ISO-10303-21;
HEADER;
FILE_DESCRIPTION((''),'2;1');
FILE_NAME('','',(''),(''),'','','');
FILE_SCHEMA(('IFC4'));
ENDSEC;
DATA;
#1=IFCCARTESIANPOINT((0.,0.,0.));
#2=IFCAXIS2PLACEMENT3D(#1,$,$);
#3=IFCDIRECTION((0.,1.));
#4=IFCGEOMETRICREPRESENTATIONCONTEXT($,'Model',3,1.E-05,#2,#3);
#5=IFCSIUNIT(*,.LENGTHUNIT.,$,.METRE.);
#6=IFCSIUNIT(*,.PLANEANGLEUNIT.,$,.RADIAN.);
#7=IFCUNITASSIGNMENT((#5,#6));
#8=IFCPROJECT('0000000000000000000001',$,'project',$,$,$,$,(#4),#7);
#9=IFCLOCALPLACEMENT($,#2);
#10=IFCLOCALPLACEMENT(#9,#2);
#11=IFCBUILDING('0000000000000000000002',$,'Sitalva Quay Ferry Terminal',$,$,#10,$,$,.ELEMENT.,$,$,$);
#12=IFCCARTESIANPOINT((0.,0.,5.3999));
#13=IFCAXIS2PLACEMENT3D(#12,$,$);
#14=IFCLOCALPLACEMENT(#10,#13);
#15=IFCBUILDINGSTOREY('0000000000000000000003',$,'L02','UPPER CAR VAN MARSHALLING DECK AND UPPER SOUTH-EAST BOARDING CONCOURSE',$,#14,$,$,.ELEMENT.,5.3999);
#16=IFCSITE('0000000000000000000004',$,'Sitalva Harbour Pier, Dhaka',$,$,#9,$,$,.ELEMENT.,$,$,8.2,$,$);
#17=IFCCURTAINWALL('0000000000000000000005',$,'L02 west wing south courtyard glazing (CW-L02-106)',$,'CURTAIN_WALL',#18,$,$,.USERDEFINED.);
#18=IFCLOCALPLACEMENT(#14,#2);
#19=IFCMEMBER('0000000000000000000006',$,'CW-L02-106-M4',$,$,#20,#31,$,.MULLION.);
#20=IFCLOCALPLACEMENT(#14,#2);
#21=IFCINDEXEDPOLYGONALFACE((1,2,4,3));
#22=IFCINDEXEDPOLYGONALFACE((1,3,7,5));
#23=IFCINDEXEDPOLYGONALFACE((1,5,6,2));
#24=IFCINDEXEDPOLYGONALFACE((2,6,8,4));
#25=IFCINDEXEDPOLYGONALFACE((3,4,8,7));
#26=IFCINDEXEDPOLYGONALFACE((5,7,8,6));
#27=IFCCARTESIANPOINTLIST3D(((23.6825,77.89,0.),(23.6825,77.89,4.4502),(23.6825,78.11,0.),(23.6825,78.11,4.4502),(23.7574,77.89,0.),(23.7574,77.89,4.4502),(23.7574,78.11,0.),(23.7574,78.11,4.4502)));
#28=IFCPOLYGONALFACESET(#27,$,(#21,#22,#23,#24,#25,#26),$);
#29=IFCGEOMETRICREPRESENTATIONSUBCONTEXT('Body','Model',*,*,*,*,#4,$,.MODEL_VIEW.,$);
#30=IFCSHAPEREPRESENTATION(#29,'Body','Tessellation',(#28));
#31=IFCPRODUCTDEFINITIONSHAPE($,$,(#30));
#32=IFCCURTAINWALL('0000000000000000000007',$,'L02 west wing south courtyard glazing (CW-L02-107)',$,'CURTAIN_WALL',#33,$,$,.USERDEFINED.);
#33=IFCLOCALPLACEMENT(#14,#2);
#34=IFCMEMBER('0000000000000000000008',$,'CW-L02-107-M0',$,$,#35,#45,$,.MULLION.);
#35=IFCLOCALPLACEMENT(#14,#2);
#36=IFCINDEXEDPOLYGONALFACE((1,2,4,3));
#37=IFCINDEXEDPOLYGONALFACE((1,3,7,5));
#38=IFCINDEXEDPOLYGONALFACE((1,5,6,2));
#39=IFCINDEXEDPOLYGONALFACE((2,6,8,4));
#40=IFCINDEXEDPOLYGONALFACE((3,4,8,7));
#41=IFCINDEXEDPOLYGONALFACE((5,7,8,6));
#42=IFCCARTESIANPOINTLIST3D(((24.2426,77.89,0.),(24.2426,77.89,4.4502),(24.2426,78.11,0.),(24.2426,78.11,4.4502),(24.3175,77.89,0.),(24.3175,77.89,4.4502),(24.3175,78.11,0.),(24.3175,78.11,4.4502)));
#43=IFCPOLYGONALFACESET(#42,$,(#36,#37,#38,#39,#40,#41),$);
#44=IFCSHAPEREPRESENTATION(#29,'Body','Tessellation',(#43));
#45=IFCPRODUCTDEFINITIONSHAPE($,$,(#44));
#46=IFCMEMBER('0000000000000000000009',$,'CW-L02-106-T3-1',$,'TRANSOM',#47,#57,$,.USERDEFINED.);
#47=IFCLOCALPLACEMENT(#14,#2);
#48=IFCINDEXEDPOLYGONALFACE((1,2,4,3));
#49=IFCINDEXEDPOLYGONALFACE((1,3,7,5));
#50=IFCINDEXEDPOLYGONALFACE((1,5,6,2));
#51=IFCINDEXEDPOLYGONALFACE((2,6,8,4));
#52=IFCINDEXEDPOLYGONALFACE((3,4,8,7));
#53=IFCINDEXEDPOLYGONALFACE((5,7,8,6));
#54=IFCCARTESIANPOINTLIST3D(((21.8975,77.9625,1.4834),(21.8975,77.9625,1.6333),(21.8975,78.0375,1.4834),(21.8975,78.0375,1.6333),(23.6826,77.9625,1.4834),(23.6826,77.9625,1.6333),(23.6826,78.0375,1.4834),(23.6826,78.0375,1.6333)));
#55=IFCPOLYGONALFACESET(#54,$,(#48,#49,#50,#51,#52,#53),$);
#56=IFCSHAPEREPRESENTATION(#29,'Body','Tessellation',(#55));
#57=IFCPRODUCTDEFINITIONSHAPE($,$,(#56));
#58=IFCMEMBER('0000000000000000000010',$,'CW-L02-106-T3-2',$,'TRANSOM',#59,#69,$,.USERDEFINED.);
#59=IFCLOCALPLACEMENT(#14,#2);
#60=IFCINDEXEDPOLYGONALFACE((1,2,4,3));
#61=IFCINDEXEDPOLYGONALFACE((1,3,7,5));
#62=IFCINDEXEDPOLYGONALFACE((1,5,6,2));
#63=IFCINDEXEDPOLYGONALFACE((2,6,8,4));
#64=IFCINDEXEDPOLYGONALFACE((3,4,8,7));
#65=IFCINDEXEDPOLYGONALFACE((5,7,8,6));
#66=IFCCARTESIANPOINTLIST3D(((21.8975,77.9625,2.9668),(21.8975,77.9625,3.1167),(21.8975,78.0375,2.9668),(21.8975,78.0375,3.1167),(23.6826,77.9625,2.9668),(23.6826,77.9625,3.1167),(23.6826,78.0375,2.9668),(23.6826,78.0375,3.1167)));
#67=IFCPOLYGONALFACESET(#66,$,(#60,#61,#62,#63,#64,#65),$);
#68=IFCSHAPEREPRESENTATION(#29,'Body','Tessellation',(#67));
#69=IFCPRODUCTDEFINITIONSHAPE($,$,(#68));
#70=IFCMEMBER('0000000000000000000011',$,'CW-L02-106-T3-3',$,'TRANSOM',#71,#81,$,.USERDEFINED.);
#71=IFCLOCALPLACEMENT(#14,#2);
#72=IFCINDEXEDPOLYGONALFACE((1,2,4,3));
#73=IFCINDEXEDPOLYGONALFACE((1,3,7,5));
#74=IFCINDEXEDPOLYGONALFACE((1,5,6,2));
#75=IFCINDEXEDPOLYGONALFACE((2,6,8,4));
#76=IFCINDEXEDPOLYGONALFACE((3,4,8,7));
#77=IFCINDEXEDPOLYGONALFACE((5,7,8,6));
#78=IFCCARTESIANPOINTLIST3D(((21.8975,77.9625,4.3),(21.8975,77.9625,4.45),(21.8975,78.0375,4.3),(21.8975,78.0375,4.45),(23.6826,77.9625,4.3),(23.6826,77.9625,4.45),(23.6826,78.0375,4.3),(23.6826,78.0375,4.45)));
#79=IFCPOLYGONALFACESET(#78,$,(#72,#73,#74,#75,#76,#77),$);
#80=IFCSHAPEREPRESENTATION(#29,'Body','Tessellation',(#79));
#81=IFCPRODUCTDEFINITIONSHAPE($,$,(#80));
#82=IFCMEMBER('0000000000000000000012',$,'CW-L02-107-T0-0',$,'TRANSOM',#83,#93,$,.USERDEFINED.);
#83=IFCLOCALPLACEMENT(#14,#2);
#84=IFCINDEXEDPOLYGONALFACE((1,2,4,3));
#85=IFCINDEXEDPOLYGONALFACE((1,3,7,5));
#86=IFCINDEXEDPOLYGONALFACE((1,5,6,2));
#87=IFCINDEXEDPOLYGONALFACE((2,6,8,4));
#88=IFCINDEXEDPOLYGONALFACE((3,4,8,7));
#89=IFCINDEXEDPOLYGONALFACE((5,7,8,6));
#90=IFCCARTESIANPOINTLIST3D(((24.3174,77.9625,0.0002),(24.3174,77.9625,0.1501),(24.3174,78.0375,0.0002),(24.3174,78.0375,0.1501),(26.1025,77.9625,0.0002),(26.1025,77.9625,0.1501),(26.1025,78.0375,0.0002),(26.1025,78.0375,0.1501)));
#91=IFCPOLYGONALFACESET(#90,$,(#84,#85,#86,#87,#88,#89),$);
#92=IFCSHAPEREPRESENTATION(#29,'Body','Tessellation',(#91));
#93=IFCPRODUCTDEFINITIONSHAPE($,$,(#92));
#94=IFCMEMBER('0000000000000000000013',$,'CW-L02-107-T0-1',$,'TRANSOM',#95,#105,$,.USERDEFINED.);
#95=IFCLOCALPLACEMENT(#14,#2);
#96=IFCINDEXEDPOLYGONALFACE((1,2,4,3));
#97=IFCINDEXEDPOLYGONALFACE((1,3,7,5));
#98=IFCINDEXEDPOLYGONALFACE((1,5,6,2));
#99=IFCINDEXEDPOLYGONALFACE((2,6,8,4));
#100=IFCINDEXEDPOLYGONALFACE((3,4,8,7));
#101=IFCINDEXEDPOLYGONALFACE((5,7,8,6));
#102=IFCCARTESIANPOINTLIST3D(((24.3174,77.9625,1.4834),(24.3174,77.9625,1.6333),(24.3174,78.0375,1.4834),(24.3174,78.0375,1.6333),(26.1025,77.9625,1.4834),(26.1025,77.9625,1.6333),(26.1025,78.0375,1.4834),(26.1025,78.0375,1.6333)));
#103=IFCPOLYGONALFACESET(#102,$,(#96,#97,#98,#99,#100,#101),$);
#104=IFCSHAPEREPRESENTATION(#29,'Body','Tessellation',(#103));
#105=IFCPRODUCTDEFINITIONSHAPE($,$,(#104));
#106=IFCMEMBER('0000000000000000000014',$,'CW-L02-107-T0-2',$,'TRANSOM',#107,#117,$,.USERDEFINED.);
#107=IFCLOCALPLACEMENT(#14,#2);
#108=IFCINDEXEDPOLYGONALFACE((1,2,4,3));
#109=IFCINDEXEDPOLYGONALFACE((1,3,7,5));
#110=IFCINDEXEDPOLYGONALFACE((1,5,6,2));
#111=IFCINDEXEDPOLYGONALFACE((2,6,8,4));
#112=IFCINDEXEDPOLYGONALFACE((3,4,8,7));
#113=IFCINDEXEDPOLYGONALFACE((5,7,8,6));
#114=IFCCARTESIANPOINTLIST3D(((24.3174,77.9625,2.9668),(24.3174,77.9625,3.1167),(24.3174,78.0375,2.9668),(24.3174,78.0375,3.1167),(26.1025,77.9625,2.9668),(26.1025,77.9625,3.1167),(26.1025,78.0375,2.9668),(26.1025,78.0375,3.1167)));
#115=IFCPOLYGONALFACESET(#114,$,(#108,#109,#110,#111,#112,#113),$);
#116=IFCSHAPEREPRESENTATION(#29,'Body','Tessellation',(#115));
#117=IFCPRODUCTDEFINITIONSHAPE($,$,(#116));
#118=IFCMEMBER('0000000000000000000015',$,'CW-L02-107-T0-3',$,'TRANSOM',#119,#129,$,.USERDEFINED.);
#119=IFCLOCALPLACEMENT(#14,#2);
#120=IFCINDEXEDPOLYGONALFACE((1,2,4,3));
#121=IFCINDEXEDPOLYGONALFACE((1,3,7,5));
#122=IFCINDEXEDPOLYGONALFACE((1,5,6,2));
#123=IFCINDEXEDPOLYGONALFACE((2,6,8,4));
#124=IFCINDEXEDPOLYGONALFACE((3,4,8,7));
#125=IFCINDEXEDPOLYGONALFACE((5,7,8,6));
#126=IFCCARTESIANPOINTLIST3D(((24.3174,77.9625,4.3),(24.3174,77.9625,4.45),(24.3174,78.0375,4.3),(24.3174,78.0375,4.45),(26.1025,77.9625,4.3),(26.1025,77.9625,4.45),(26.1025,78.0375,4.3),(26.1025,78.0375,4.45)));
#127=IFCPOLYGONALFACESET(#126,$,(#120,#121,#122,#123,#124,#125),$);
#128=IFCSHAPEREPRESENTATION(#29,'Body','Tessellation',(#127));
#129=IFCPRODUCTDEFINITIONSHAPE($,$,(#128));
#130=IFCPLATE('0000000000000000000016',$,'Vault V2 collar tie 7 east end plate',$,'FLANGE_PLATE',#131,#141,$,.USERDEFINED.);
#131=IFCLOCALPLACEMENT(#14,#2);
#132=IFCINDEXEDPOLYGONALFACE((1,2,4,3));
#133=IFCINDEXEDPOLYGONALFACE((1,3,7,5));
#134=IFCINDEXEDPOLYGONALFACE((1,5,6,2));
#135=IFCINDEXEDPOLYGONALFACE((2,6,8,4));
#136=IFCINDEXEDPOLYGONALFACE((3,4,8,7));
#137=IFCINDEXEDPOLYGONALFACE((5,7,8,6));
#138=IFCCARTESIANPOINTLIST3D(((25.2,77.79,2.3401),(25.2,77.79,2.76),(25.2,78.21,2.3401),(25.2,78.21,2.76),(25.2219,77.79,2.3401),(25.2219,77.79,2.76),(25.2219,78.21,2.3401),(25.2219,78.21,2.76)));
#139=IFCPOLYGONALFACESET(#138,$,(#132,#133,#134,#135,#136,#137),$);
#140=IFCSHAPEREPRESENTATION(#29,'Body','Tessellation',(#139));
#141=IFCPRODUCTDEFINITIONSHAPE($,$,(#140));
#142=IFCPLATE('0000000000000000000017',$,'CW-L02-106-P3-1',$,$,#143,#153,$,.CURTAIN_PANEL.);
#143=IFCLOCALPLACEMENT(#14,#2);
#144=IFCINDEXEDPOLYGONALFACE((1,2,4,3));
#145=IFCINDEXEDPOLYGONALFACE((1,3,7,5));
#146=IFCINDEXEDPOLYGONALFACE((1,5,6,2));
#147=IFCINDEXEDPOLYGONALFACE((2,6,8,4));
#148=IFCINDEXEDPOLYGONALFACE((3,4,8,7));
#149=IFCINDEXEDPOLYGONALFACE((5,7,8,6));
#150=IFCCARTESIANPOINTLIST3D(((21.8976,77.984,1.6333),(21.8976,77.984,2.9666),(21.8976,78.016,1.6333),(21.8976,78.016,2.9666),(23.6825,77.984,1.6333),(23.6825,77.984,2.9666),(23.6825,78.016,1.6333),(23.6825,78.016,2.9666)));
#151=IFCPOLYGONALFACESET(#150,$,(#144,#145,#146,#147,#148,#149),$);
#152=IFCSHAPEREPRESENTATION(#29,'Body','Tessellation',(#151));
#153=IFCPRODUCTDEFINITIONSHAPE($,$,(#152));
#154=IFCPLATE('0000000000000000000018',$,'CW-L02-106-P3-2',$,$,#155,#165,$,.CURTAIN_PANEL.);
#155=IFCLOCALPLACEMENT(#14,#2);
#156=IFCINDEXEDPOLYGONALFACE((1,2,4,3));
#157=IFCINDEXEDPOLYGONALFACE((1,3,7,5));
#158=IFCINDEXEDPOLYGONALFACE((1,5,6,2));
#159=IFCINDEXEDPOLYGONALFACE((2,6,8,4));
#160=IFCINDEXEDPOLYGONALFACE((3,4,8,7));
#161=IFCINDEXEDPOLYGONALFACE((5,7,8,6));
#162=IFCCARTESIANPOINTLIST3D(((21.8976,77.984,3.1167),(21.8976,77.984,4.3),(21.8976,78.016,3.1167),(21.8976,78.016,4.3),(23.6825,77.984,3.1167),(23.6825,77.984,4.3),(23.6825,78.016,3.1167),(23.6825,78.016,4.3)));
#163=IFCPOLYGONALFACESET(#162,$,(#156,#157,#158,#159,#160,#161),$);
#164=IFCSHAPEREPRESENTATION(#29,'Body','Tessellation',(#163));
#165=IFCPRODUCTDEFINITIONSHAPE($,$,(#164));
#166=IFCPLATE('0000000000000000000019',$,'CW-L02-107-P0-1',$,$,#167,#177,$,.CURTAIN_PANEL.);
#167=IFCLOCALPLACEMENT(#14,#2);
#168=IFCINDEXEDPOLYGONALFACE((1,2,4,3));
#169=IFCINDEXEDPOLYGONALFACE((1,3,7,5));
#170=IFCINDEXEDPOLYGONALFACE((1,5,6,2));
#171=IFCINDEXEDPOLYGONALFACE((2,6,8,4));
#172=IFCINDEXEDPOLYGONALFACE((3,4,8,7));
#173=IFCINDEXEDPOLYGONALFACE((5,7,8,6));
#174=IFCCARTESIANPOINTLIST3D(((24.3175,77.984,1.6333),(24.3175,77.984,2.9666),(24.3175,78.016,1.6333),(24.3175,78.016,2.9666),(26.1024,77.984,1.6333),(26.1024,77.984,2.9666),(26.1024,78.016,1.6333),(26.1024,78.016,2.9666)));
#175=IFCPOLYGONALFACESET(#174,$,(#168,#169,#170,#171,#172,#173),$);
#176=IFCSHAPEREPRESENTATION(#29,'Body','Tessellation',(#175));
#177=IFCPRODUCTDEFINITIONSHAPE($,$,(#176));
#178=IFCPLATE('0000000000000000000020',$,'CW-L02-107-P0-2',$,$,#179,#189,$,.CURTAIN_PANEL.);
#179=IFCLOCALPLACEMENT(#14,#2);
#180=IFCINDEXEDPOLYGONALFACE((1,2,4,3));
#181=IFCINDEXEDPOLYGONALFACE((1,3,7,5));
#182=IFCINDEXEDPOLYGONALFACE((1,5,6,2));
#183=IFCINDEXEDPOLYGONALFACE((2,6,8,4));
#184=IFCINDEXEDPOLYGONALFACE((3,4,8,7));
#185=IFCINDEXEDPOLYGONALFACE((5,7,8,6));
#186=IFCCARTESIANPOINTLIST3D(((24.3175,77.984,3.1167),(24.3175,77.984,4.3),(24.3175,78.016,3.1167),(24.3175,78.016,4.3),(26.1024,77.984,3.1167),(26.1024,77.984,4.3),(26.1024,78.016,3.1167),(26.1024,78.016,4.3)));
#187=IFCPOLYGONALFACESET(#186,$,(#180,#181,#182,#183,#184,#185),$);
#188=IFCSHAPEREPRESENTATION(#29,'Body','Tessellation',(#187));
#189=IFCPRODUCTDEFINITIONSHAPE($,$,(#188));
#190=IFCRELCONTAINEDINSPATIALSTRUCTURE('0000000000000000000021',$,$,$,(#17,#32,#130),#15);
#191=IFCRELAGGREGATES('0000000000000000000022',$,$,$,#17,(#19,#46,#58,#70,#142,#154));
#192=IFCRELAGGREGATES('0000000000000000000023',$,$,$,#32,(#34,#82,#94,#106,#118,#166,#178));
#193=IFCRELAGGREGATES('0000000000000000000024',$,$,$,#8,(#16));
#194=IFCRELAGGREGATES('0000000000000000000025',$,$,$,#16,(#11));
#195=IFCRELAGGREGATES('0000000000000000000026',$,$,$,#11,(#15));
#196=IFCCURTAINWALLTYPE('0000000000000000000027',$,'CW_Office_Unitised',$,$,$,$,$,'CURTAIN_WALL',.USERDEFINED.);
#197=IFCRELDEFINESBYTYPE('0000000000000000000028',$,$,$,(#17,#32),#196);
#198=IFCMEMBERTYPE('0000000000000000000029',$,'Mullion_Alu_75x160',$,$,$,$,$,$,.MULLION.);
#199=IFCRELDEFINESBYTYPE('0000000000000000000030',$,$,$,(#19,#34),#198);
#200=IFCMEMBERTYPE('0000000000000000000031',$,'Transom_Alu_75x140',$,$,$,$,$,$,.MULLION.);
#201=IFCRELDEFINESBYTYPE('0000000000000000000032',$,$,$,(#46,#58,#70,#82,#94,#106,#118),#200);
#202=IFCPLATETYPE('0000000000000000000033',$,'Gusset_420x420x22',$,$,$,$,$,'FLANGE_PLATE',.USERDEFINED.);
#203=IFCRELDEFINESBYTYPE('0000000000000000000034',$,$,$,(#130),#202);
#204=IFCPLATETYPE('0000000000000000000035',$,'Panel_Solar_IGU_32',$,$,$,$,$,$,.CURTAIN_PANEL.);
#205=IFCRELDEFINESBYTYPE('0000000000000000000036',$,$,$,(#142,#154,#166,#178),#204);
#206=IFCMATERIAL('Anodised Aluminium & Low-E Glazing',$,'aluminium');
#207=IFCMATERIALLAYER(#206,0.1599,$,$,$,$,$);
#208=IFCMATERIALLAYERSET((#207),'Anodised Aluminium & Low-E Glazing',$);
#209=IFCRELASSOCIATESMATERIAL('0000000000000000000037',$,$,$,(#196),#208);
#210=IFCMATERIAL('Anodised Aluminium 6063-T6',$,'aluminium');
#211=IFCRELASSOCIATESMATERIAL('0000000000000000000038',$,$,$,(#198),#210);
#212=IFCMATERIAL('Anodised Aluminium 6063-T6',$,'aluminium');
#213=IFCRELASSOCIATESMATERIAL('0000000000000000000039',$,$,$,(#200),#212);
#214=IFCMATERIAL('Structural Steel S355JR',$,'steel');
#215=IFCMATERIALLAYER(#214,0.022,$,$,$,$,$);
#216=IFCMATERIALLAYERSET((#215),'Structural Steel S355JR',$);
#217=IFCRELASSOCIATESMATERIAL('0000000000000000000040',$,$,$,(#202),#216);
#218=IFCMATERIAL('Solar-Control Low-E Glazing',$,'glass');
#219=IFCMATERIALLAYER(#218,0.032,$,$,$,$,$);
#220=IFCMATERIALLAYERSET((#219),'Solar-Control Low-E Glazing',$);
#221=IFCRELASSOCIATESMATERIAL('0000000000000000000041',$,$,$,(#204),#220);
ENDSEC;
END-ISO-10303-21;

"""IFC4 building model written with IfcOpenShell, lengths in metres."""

from ifc_helpers import new_model, si_unit, direction, frame, origin, origin_2d, place, context, subcontext, project, spatial, rectangle, extrude, material, layer, layer_set, material_profile, profile_set, type_object, element, aggregate, save


model = new_model("IFC4")

# Units and contexts
model_context = context("Model", 3, precision=1e-05, world=origin(), true_north=direction((0.0, 1.0)))
body_context = subcontext(model_context, "Body", "Model", "MODEL_VIEW")
ifc_project = project(units=[si_unit("LENGTHUNIT", "METRE"), si_unit("PLANEANGLEUNIT", "RADIAN")], contexts=[model_context])

# Site, building, storey
site_placement = place(None, origin())
site = spatial("IfcSite", under=ifc_project, at=site_placement, Name="Sitalva Harbour Pier, Dhaka", CompositionType="ELEMENT", RefElevation=8.2)
building_placement = place(site_placement, origin())
building = spatial("IfcBuilding", under=site, at=building_placement, Name="Sitalva Quay Ferry Terminal", CompositionType="ELEMENT")
storey_placement = place(building_placement, frame((0.0, 0.0, 5.3999)))
storey = spatial("IfcBuildingStorey", under=building, at=storey_placement, Name="L02", Description="UPPER CAR VAN MARSHALLING DECK AND UPPER SOUTH-EAST BOARDING CONCOURSE", CompositionType="ELEMENT", Elevation=5.3999)

# Curtain walls, members
ifc_material_1 = material(Name="Anodised Aluminium & Low-E Glazing", Category="aluminium")
ifc_layer_1 = layer(ifc_material_1, 0.1599)
ifc_layer_set_1 = layer_set([ifc_layer_1], Name="Anodised Aluminium & Low-E Glazing")
curtain_wall_type = type_object("IfcCurtainWallType", Name="CW_Office_Unitised", ElementType="CURTAIN_WALL", PredefinedType="USERDEFINED", material=ifc_layer_set_1)
curtain_wall_1_placement = place(storey_placement, origin())
curtain_wall_1 = element("IfcCurtainWall", 1, at=curtain_wall_1_placement, inside=storey, type_object=curtain_wall_type, Name="L02 west wing south courtyard glazing (CW-L02-106)", ObjectType="CURTAIN_WALL", PredefinedType="USERDEFINED")
ifc_material_2 = material(Name="Anodised Aluminium 6063-T6", Category="aluminium")
ifc_material_profile_1 = material_profile(ifc_material_2, rectangle(XDim=0.075, YDim=0.22, at=origin_2d()), Name="ALU75x220")
ifc_profile_set_1 = profile_set([ifc_material_profile_1], Name="Anodised Aluminium 6063-T6")
member_type_1 = type_object("IfcMemberType", Name="Mullion_Alu_75x160", PredefinedType="MULLION", material=ifc_profile_set_1)
member_1_placement = place(storey_placement, frame((23.72, 78.0, 0.0), z_axis=(0.0, 0.0, 1.0), x_axis=(1.0, 0.0, 0.0)))
member_1 = element("IfcMember", 2, at=member_1_placement, type_object=member_type_1, Name="CW-L02-106-M4", PredefinedType="MULLION", context=body_context, shape_type="SweptSolid", body=[
    extrude(rectangle(XDim=0.075, YDim=0.22, at=origin_2d()), origin(), (0.0, 0.0, 1.0), 4.4502),
])
curtain_wall_2_placement = place(storey_placement, origin())
curtain_wall_2 = element("IfcCurtainWall", 3, at=curtain_wall_2_placement, inside=storey, type_object=curtain_wall_type, Name="L02 west wing south courtyard glazing (CW-L02-107)", ObjectType="CURTAIN_WALL", PredefinedType="USERDEFINED")
member_2_placement = place(storey_placement, frame((24.28, 78.0, 0.0), z_axis=(0.0, 0.0, 1.0), x_axis=(1.0, 0.0, 0.0)))
member_2 = element("IfcMember", 4, at=member_2_placement, type_object=member_type_1, Name="CW-L02-107-M0", PredefinedType="MULLION", context=body_context, shape_type="SweptSolid", body=[
    extrude(rectangle(XDim=0.075, YDim=0.22, at=origin_2d()), origin(), (0.0, 0.0, 1.0), 4.4502),
])

# Members
ifc_material_3 = material(Name="Anodised Aluminium 6063-T6", Category="aluminium")
ifc_material_profile_2 = material_profile(ifc_material_3, rectangle(XDim=0.075, YDim=0.1499, at=origin_2d()), Name="ALU75x150")
ifc_profile_set_2 = profile_set([ifc_material_profile_2], Name="Anodised Aluminium 6063-T6")
member_type_2 = type_object("IfcMemberType", Name="Transom_Alu_75x140", PredefinedType="MULLION", material=ifc_profile_set_2)
member_3_placement = place(storey_placement, frame((21.8975, 78.0, 1.5583), z_axis=(1.0, 0.0, 0.0), x_axis=(0.0, 1.0, 0.0)))
member_3 = element("IfcMember", 5, at=member_3_placement, type_object=member_type_2, Name="CW-L02-106-T3-1", ObjectType="TRANSOM", PredefinedType="USERDEFINED", context=body_context, shape_type="SweptSolid", body=[
    extrude(rectangle(XDim=0.075, YDim=0.1499, at=origin_2d()), origin(), (0.0, 0.0, 1.0), 1.7852),
])
member_4_placement = place(storey_placement, frame((21.8975, 78.0, 3.0417), z_axis=(1.0, 0.0, 0.0), x_axis=(0.0, 1.0, 0.0)))
member_4 = element("IfcMember", 6, at=member_4_placement, type_object=member_type_2, Name="CW-L02-106-T3-2", ObjectType="TRANSOM", PredefinedType="USERDEFINED", context=body_context, shape_type="SweptSolid", body=[
    extrude(rectangle(XDim=0.075, YDim=0.1499, at=origin_2d()), origin(), (0.0, 0.0, 1.0), 1.7852),
])
member_5_placement = place(storey_placement, frame((21.8975, 78.0, 4.375), z_axis=(1.0, 0.0, 0.0), x_axis=(0.0, 1.0, 0.0)))
member_5 = element("IfcMember", 7, at=member_5_placement, type_object=member_type_2, Name="CW-L02-106-T3-3", ObjectType="TRANSOM", PredefinedType="USERDEFINED", context=body_context, shape_type="SweptSolid", body=[
    extrude(rectangle(XDim=0.075, YDim=0.1499, at=origin_2d()), origin(), (0.0, 0.0, 1.0), 1.7852),
])
member_6_placement = place(storey_placement, frame((24.3174, 78.0, 0.0752), z_axis=(1.0, 0.0, 0.0), x_axis=(0.0, 1.0, 0.0)))
member_6 = element("IfcMember", 8, at=member_6_placement, type_object=member_type_2, Name="CW-L02-107-T0-0", ObjectType="TRANSOM", PredefinedType="USERDEFINED", context=body_context, shape_type="SweptSolid", body=[
    extrude(rectangle(XDim=0.075, YDim=0.1499, at=origin_2d()), origin(), (0.0, 0.0, 1.0), 1.7852),
])
member_7_placement = place(storey_placement, frame((24.3174, 78.0, 1.5583), z_axis=(1.0, 0.0, 0.0), x_axis=(0.0, 1.0, 0.0)))
member_7 = element("IfcMember", 9, at=member_7_placement, type_object=member_type_2, Name="CW-L02-107-T0-1", ObjectType="TRANSOM", PredefinedType="USERDEFINED", context=body_context, shape_type="SweptSolid", body=[
    extrude(rectangle(XDim=0.075, YDim=0.1499, at=origin_2d()), origin(), (0.0, 0.0, 1.0), 1.7852),
])
member_8_placement = place(storey_placement, frame((24.3174, 78.0, 3.0417), z_axis=(1.0, 0.0, 0.0), x_axis=(0.0, 1.0, 0.0)))
member_8 = element("IfcMember", 10, at=member_8_placement, type_object=member_type_2, Name="CW-L02-107-T0-2", ObjectType="TRANSOM", PredefinedType="USERDEFINED", context=body_context, shape_type="SweptSolid", body=[
    extrude(rectangle(XDim=0.075, YDim=0.1499, at=origin_2d()), origin(), (0.0, 0.0, 1.0), 1.7852),
])
member_9_placement = place(storey_placement, frame((24.3174, 78.0, 4.375), z_axis=(1.0, 0.0, 0.0), x_axis=(0.0, 1.0, 0.0)))
member_9 = element("IfcMember", 11, at=member_9_placement, type_object=member_type_2, Name="CW-L02-107-T0-3", ObjectType="TRANSOM", PredefinedType="USERDEFINED", context=body_context, shape_type="SweptSolid", body=[
    extrude(rectangle(XDim=0.075, YDim=0.1499, at=origin_2d()), origin(), (0.0, 0.0, 1.0), 1.7852),
])

# Plates
ifc_material_4 = material(Name="Structural Steel S355JR", Category="steel")
ifc_layer_2 = layer(ifc_material_4, 0.022)
ifc_layer_set_2 = layer_set([ifc_layer_2], Name="Structural Steel S355JR")
plate_type_1 = type_object("IfcPlateType", Name="Gusset_420x420x22", ElementType="FLANGE_PLATE", PredefinedType="USERDEFINED", material=ifc_layer_set_2)
plate_1_placement = place(storey_placement, frame((25.2109, 78.0, 2.3401), z_axis=(0.0, 0.0, 1.0), x_axis=(1.0, 0.0, 0.0)))
element("IfcPlate", 12, at=plate_1_placement, inside=storey, type_object=plate_type_1, Name="Vault V2 collar tie 7 east end plate", ObjectType="FLANGE_PLATE", PredefinedType="USERDEFINED", context=body_context, shape_type="SweptSolid", body=[
    extrude(rectangle(XDim=0.022, YDim=0.4199, at=origin_2d()), origin(), (0.0, 0.0, 1.0), 0.4199),
])
ifc_material_5 = material(Name="Solar-Control Low-E Glazing", Category="glass")
ifc_layer_3 = layer(ifc_material_5, 0.032)
ifc_layer_set_3 = layer_set([ifc_layer_3], Name="Solar-Control Low-E Glazing")
plate_type_2 = type_object("IfcPlateType", Name="Panel_Solar_IGU_32", PredefinedType="CURTAIN_PANEL", material=ifc_layer_set_3)
plate_2_placement = place(storey_placement, frame((22.79, 78.0, 1.6333), z_axis=(0.0, 0.0, 1.0), x_axis=(1.0, 0.0, 0.0)))
plate_2 = element("IfcPlate", 13, at=plate_2_placement, type_object=plate_type_2, Name="CW-L02-106-P3-1", PredefinedType="CURTAIN_PANEL", context=body_context, shape_type="SweptSolid", body=[
    extrude(rectangle(XDim=1.7849, YDim=0.032, at=origin_2d()), origin(), (0.0, 0.0, 1.0), 1.3333),
])
plate_3_placement = place(storey_placement, frame((22.79, 78.0, 3.1167), z_axis=(0.0, 0.0, 1.0), x_axis=(1.0, 0.0, 0.0)))
plate_3 = element("IfcPlate", 14, at=plate_3_placement, type_object=plate_type_2, Name="CW-L02-106-P3-2", PredefinedType="CURTAIN_PANEL", context=body_context, shape_type="SweptSolid", body=[
    extrude(rectangle(XDim=1.7849, YDim=0.032, at=origin_2d()), origin(), (0.0, 0.0, 1.0), 1.1833),
])
plate_4_placement = place(storey_placement, frame((25.21, 78.0, 1.6333), z_axis=(0.0, 0.0, 1.0), x_axis=(1.0, 0.0, 0.0)))
plate_4 = element("IfcPlate", 15, at=plate_4_placement, type_object=plate_type_2, Name="CW-L02-107-P0-1", PredefinedType="CURTAIN_PANEL", context=body_context, shape_type="SweptSolid", body=[
    extrude(rectangle(XDim=1.7849, YDim=0.032, at=origin_2d()), origin(), (0.0, 0.0, 1.0), 1.3333),
])
plate_5_placement = place(storey_placement, frame((25.21, 78.0, 3.1167), z_axis=(0.0, 0.0, 1.0), x_axis=(1.0, 0.0, 0.0)))
plate_5 = element("IfcPlate", 16, at=plate_5_placement, type_object=plate_type_2, Name="CW-L02-107-P0-2", PredefinedType="CURTAIN_PANEL", context=body_context, shape_type="SweptSolid", body=[
    extrude(rectangle(XDim=1.7849, YDim=0.032, at=origin_2d()), origin(), (0.0, 0.0, 1.0), 1.1833),
])
aggregate(curtain_wall_1, [member_1, member_3, member_4, member_5, plate_2, plate_3])
aggregate(curtain_wall_2, [member_2, member_6, member_7, member_8, member_9, plate_4, plate_5])

save(model, "model.ifc")
